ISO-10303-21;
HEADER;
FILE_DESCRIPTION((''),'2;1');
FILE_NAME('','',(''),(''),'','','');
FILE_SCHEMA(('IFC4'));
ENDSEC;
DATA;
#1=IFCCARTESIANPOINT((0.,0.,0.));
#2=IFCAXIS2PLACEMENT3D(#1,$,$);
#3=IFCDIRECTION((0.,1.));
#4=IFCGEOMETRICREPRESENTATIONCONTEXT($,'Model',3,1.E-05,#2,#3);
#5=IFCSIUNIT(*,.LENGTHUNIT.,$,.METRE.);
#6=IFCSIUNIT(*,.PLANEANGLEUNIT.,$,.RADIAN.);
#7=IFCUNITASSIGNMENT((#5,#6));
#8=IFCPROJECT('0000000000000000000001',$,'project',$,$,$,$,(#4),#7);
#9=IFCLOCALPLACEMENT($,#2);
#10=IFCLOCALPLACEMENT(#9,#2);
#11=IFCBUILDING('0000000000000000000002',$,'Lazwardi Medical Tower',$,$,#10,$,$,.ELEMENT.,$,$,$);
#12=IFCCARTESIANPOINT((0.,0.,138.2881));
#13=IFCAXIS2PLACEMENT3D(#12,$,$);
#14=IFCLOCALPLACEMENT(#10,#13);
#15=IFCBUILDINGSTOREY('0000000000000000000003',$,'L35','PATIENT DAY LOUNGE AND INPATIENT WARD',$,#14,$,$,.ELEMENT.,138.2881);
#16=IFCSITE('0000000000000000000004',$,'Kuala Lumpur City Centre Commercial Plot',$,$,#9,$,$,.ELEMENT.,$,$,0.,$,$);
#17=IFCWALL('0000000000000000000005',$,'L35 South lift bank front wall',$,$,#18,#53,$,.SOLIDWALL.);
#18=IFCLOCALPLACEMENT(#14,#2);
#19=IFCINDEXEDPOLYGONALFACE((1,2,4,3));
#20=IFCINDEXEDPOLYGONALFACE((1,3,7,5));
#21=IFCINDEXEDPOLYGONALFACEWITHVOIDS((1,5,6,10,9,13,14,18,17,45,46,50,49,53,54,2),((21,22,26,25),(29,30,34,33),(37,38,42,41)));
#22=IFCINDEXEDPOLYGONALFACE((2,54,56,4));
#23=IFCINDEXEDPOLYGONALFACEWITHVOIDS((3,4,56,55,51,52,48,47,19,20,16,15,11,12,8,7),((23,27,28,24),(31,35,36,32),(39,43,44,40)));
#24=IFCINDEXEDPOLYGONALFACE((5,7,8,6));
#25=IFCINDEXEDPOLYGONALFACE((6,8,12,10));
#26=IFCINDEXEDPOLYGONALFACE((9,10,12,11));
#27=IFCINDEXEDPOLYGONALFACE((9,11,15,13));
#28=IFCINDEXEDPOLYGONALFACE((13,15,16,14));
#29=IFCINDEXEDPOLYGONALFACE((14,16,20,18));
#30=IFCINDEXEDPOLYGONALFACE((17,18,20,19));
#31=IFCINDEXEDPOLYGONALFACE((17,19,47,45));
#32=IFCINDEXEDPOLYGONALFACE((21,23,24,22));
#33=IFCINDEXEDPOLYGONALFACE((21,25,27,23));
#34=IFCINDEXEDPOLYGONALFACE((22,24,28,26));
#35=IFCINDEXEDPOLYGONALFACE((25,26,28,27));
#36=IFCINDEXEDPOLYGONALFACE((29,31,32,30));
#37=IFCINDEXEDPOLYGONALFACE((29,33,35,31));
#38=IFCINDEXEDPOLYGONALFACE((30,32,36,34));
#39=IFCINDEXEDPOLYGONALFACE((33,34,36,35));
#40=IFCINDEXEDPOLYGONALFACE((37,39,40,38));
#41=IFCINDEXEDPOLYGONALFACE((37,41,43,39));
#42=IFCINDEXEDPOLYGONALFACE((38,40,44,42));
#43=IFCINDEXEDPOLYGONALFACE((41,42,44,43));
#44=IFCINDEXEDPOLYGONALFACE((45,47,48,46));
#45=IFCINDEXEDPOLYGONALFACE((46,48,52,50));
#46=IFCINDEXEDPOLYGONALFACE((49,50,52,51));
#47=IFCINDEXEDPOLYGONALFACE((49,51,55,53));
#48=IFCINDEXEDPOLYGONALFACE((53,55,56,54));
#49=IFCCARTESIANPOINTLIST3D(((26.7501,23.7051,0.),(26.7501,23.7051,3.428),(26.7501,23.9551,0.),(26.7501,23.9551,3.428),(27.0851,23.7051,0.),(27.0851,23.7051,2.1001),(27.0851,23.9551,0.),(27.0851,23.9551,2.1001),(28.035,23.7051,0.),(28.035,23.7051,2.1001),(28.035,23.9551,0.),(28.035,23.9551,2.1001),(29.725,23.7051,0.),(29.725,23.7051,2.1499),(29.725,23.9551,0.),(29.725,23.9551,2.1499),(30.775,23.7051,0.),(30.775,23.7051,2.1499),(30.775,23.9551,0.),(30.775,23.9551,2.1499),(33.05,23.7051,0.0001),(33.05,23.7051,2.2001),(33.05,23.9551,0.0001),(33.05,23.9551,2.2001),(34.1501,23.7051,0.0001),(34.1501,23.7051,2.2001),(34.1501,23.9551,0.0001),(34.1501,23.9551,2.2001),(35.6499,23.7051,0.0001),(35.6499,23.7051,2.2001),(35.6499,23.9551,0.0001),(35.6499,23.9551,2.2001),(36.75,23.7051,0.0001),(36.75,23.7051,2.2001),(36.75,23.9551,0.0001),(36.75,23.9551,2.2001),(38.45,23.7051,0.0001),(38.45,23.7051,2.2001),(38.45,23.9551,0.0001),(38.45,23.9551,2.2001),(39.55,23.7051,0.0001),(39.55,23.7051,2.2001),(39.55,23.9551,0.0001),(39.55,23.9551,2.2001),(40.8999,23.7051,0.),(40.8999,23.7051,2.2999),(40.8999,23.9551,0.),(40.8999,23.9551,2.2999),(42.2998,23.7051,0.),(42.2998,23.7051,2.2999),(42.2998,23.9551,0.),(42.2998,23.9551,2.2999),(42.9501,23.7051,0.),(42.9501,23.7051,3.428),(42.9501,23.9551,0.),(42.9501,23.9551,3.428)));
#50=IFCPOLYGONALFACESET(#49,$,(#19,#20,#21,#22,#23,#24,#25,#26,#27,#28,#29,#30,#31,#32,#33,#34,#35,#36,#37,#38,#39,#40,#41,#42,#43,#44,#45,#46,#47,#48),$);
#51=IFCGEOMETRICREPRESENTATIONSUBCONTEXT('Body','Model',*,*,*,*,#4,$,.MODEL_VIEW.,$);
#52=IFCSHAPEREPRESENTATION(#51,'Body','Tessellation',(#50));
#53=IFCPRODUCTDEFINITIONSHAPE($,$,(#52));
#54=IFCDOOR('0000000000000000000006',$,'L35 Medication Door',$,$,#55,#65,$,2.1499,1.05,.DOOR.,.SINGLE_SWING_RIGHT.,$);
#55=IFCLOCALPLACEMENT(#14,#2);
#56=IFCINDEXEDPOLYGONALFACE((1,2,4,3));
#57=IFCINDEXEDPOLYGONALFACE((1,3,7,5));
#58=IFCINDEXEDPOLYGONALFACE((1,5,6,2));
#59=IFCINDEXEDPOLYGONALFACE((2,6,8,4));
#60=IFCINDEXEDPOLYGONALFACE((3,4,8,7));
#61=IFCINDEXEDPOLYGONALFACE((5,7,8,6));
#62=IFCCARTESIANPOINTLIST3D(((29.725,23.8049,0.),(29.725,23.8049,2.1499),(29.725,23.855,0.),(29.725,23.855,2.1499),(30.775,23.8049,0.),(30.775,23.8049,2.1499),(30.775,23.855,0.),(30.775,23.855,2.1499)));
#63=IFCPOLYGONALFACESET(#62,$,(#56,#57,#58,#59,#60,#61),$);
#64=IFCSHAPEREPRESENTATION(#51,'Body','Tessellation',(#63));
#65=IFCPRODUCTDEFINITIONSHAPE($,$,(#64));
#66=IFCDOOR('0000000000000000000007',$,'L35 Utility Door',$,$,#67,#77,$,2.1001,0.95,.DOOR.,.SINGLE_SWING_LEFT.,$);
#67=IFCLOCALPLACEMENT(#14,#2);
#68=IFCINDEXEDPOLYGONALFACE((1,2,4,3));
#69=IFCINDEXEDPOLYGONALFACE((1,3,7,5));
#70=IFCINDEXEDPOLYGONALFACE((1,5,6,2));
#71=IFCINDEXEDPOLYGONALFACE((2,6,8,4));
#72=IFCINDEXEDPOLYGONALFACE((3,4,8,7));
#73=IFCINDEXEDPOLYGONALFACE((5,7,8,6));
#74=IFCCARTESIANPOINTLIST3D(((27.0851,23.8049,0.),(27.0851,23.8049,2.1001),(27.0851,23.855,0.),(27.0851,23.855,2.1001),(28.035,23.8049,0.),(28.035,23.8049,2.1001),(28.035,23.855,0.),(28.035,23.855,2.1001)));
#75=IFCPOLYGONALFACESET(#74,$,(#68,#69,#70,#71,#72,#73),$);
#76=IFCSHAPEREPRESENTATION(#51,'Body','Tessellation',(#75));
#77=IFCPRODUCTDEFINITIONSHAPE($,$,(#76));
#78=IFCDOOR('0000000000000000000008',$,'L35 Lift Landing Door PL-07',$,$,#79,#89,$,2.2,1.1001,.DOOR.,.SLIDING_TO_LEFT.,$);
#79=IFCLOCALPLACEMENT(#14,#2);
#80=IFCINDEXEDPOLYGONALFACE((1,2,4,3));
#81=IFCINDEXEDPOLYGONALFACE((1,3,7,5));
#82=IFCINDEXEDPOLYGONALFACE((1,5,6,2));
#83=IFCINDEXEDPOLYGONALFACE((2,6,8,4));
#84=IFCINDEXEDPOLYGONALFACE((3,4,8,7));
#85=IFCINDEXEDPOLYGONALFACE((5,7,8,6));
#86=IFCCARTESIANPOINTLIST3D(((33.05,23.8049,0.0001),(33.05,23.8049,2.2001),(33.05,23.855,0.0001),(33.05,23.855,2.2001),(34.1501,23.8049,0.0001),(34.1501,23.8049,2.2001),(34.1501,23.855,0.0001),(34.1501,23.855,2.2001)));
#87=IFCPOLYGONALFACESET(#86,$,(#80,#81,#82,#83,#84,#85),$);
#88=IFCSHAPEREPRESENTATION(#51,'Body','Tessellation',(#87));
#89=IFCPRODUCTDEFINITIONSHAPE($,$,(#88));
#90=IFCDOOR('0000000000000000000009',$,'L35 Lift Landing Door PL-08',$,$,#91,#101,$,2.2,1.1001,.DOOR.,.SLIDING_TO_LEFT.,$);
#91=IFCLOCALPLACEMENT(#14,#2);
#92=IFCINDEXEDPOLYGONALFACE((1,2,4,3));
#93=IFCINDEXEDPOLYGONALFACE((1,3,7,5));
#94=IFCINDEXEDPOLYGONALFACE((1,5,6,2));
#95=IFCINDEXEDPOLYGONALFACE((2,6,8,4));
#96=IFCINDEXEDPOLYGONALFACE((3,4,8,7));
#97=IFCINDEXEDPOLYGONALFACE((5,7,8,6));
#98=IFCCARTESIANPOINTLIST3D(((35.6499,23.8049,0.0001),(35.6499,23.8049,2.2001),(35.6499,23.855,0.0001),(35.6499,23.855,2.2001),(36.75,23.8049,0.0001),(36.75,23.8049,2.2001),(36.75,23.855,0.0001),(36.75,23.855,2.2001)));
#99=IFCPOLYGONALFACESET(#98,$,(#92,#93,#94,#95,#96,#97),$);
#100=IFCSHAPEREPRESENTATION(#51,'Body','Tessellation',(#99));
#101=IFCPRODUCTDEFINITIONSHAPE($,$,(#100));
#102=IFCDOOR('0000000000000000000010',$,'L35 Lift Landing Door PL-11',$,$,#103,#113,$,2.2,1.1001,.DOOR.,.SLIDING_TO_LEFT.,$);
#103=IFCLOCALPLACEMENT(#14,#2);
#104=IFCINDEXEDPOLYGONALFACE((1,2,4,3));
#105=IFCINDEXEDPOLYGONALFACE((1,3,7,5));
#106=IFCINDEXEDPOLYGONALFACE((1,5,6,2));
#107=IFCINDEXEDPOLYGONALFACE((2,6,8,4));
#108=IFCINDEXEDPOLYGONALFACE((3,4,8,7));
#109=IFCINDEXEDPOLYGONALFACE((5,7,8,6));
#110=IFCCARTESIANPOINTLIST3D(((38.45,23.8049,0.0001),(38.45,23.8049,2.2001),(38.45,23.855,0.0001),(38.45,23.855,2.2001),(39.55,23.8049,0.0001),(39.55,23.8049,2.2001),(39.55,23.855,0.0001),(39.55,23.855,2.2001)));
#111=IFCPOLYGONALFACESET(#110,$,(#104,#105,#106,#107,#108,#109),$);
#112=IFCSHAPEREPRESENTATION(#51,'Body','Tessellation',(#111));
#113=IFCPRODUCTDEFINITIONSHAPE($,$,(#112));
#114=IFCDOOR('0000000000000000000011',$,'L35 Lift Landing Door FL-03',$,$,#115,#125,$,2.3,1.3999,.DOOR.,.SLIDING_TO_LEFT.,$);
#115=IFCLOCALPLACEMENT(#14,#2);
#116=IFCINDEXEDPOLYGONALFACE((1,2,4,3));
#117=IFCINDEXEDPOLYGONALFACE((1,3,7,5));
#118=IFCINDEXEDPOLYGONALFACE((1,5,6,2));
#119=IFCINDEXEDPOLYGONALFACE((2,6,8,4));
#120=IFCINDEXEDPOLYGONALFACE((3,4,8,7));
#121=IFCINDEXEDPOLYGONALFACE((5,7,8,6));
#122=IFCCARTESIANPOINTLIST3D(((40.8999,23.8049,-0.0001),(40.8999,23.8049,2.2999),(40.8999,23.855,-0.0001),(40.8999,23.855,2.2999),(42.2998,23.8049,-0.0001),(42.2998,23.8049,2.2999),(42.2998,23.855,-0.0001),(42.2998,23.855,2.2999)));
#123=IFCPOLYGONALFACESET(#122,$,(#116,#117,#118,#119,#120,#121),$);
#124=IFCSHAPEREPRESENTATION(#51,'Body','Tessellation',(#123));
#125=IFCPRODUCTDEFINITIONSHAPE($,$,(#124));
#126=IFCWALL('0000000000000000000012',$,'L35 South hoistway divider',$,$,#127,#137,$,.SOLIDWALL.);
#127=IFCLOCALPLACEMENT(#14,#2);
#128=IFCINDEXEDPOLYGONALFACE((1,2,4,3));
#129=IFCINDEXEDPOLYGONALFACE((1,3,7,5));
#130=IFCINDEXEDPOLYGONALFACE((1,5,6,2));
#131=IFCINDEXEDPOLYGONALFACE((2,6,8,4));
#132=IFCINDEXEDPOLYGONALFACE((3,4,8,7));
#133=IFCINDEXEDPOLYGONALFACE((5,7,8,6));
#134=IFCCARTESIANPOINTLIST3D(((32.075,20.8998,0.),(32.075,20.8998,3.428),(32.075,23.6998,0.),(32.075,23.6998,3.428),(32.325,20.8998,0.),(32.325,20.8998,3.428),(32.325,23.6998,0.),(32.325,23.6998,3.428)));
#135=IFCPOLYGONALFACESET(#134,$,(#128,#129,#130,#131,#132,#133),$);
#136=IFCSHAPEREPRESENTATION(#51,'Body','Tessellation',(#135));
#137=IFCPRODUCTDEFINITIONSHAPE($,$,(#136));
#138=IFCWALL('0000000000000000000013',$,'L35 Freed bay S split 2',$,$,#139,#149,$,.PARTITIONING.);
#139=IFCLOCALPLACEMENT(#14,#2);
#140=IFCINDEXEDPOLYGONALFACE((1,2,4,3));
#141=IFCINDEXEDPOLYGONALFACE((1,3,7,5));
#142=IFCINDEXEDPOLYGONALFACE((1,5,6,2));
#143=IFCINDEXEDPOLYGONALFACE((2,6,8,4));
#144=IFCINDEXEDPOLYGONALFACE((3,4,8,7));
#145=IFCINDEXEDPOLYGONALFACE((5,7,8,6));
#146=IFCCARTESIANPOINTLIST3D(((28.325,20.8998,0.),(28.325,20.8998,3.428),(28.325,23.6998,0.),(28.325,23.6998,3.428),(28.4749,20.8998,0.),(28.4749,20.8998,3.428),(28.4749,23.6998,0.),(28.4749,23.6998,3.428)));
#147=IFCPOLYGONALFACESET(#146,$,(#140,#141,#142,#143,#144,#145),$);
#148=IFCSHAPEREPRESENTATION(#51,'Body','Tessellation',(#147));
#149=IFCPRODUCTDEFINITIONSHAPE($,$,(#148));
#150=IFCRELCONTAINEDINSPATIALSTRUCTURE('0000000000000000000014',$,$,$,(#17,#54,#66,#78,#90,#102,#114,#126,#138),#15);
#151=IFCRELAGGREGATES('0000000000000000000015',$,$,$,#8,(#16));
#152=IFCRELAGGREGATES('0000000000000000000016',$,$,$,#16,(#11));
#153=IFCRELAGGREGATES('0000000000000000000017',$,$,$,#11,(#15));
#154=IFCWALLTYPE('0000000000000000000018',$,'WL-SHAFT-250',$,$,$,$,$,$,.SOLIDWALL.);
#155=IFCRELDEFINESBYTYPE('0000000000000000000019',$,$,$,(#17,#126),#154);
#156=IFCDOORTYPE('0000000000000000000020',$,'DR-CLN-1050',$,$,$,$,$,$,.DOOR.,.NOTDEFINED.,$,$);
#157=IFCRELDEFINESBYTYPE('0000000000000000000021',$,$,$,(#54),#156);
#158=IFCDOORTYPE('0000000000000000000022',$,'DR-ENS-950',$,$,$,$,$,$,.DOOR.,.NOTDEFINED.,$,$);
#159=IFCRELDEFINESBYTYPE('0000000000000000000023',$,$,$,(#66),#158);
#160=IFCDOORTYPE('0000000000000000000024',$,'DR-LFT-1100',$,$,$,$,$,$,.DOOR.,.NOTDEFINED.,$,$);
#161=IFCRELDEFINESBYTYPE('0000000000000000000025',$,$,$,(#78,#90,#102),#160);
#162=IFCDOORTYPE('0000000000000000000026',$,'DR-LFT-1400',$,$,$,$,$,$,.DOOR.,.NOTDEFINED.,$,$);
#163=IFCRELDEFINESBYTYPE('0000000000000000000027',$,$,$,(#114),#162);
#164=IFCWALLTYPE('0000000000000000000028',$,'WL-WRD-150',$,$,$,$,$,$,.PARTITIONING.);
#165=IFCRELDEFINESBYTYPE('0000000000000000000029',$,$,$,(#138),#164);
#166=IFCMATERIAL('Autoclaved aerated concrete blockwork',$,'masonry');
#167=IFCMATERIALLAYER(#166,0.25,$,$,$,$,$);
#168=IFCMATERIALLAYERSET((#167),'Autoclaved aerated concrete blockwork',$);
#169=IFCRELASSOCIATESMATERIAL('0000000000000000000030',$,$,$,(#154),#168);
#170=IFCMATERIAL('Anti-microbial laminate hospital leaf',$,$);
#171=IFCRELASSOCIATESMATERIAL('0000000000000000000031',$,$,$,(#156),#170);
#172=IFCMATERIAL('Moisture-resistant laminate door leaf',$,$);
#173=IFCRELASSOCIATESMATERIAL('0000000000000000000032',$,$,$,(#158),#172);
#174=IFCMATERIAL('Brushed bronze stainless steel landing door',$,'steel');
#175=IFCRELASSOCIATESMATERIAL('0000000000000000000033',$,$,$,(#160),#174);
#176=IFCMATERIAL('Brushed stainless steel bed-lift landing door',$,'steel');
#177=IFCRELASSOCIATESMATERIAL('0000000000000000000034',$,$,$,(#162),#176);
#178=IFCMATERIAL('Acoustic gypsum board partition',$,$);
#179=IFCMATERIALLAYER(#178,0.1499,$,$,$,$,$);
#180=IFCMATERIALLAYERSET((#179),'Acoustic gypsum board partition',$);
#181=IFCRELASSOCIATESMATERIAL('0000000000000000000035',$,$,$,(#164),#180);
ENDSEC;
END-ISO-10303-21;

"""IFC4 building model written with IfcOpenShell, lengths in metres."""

from ifc_helpers import new_model, si_unit, direction, frame, frame_2d, origin, place, context, subcontext, project, spatial, rectangle, extrude, material, layer, layer_set, type_object, element, fill, save


model = new_model("IFC4")

# Units and contexts
model_context = context("Model", 3, precision=1e-05, world=origin(), true_north=direction((0.0, 1.0)))
body_context = subcontext(model_context, "Body", "Model", "MODEL_VIEW")
ifc_project = project(units=[si_unit("LENGTHUNIT", "METRE"), si_unit("PLANEANGLEUNIT", "RADIAN")], contexts=[model_context])

# Site, building, storey
site_placement = place(None, origin())
site = spatial("IfcSite", under=ifc_project, at=site_placement, Name="Kuala Lumpur City Centre Commercial Plot", CompositionType="ELEMENT", RefElevation=0.0)
building_placement = place(site_placement, origin())
building = spatial("IfcBuilding", under=site, at=building_placement, Name="Lazwardi Medical Tower", CompositionType="ELEMENT")
storey_placement = place(building_placement, frame((0.0, 0.0, 138.2881)))
storey = spatial("IfcBuildingStorey", under=building, at=storey_placement, Name="L35", Description="PATIENT DAY LOUNGE AND INPATIENT WARD", CompositionType="ELEMENT", Elevation=138.2881)

# Wall, openings, doors
ifc_material_1 = material(Name="Autoclaved aerated concrete blockwork", Category="masonry")
ifc_layer_1 = layer(ifc_material_1, 0.25)
ifc_layer_set_1 = layer_set([ifc_layer_1], Name="Autoclaved aerated concrete blockwork")
wall_type_1 = type_object("IfcWallType", Name="WL-SHAFT-250", PredefinedType="SOLIDWALL", material=ifc_layer_set_1)
wall_1_placement = place(storey_placement, frame((26.75, 23.8301, 0.0), z_axis=(0.0, 0.0, 1.0), x_axis=(1.0, 0.0, 0.0)))
wall_1 = element("IfcWall", 1, at=wall_1_placement, inside=storey, type_object=wall_type_1, Name="L35 South lift bank front wall", PredefinedType="SOLIDWALL", context=body_context, shape_type="SweptSolid", body=[
    extrude(rectangle(XDim=16.2, YDim=0.25, at=frame_2d((8.1001, 0.0))), origin(), (0.0, 0.0, 1.0), 3.428),
])
opening_1_placement = place(wall_1_placement, frame((0.335, 0.0, 0.0)))
opening_1 = element("IfcOpeningElement", 2, at=opening_1_placement, cuts=wall_1, PredefinedType="OPENING", context=body_context, shape_type="SweptSolid", body=[
    extrude(rectangle(XDim=0.95, YDim=2.1001, at=frame_2d((0.4751, 1.05))), frame((0.0, 0.135, 0.0), z_axis=(0.0, -1.0, 0.0), x_axis=(1.0, 0.0, 0.0)), (0.0, 0.0, 1.0), 0.27),
])
opening_2_placement = place(wall_1_placement, frame((2.9751, 0.0, 0.0)))
opening_2 = element("IfcOpeningElement", 3, at=opening_2_placement, cuts=wall_1, PredefinedType="OPENING", context=body_context, shape_type="SweptSolid", body=[
    extrude(rectangle(XDim=1.05, YDim=2.1499, at=frame_2d((0.5249, 1.075))), frame((0.0, 0.135, 0.0), z_axis=(0.0, -1.0, 0.0), x_axis=(1.0, 0.0, 0.0)), (0.0, 0.0, 1.0), 0.27),
])
opening_3_placement = place(wall_1_placement, frame((6.3, 0.0, 0.0)))
opening_3 = element("IfcOpeningElement", 4, at=opening_3_placement, cuts=wall_1, PredefinedType="OPENING", context=body_context, shape_type="SweptSolid", body=[
    extrude(rectangle(XDim=1.1001, YDim=2.2, at=frame_2d((0.55, 1.1001))), frame((0.0, 0.135, 0.0), z_axis=(0.0, -1.0, 0.0), x_axis=(1.0, 0.0, 0.0)), (0.0, 0.0, 1.0), 0.27),
])
opening_4_placement = place(wall_1_placement, frame((8.8999, 0.0, 0.0)))
opening_4 = element("IfcOpeningElement", 5, at=opening_4_placement, cuts=wall_1, PredefinedType="OPENING", context=body_context, shape_type="SweptSolid", body=[
    extrude(rectangle(XDim=1.1001, YDim=2.2, at=frame_2d((0.55, 1.1001))), frame((0.0, 0.135, 0.0), z_axis=(0.0, -1.0, 0.0), x_axis=(1.0, 0.0, 0.0)), (0.0, 0.0, 1.0), 0.27),
])
opening_5_placement = place(wall_1_placement, frame((11.7, 0.0, 0.0)))
opening_5 = element("IfcOpeningElement", 6, at=opening_5_placement, cuts=wall_1, PredefinedType="OPENING", context=body_context, shape_type="SweptSolid", body=[
    extrude(rectangle(XDim=1.1001, YDim=2.2, at=frame_2d((0.55, 1.1001))), frame((0.0, 0.135, 0.0), z_axis=(0.0, -1.0, 0.0), x_axis=(1.0, 0.0, 0.0)), (0.0, 0.0, 1.0), 0.27),
])
opening_6_placement = place(wall_1_placement, frame((14.1499, 0.0, 0.0)))
opening_6 = element("IfcOpeningElement", 7, at=opening_6_placement, cuts=wall_1, PredefinedType="OPENING", context=body_context, shape_type="SweptSolid", body=[
    extrude(rectangle(XDim=1.3999, YDim=2.3, at=frame_2d((0.7, 1.1499))), frame((0.0, 0.135, 0.0), z_axis=(0.0, -1.0, 0.0), x_axis=(1.0, 0.0, 0.0)), (0.0, 0.0, 1.0), 0.27),
])
ifc_material_2 = material(Name="Anti-microbial laminate hospital leaf")
door_type_1 = type_object("IfcDoorType", Name="DR-CLN-1050", OperationType="NOTDEFINED", PredefinedType="DOOR", material=ifc_material_2)
door_1_placement = place(opening_2_placement, origin())
door_1 = element("IfcDoor", 8, at=door_1_placement, inside=storey, type_object=door_type_1, Name="L35 Medication Door", OperationType="SINGLE_SWING_RIGHT", OverallHeight=2.1499, OverallWidth=1.05, PredefinedType="DOOR", context=body_context, shape_type="SweptSolid", body=[
    extrude(rectangle(XDim=1.05, YDim=2.1499, at=frame_2d((0.5249, 1.075))), frame((0.0, 0.0249, 0.0), z_axis=(0.0, -1.0, 0.0), x_axis=(1.0, 0.0, 0.0)), (0.0, 0.0, 1.0), 0.05),
])
fill(opening_2, door_1)
ifc_material_3 = material(Name="Moisture-resistant laminate door leaf")
door_type_2 = type_object("IfcDoorType", Name="DR-ENS-950", OperationType="NOTDEFINED", PredefinedType="DOOR", material=ifc_material_3)
door_2_placement = place(opening_1_placement, origin())
door_2 = element("IfcDoor", 9, at=door_2_placement, inside=storey, type_object=door_type_2, Name="L35 Utility Door", OperationType="SINGLE_SWING_LEFT", OverallHeight=2.1001, OverallWidth=0.95, PredefinedType="DOOR", context=body_context, shape_type="SweptSolid", body=[
    extrude(rectangle(XDim=0.95, YDim=2.1001, at=frame_2d((0.4751, 1.05))), frame((0.0, 0.0249, 0.0), z_axis=(0.0, -1.0, 0.0), x_axis=(1.0, 0.0, 0.0)), (0.0, 0.0, 1.0), 0.05),
])
fill(opening_1, door_2)
ifc_material_4 = material(Name="Brushed bronze stainless steel landing door", Category="steel")
door_type_3 = type_object("IfcDoorType", Name="DR-LFT-1100", OperationType="NOTDEFINED", PredefinedType="DOOR", material=ifc_material_4)
door_3_placement = place(opening_3_placement, origin())
door_3 = element("IfcDoor", 10, at=door_3_placement, inside=storey, type_object=door_type_3, Name="L35 Lift Landing Door PL-07", OperationType="SLIDING_TO_LEFT", OverallHeight=2.2, OverallWidth=1.1001, PredefinedType="DOOR", context=body_context, shape_type="SweptSolid", body=[
    extrude(rectangle(XDim=1.1001, YDim=2.2, at=frame_2d((0.55, 1.1001))), frame((0.0, 0.0249, 0.0), z_axis=(0.0, -1.0, 0.0), x_axis=(1.0, 0.0, 0.0)), (0.0, 0.0, 1.0), 0.05),
])
fill(opening_3, door_3)
door_4_placement = place(opening_4_placement, origin())
door_4 = element("IfcDoor", 11, at=door_4_placement, inside=storey, type_object=door_type_3, Name="L35 Lift Landing Door PL-08", OperationType="SLIDING_TO_LEFT", OverallHeight=2.2, OverallWidth=1.1001, PredefinedType="DOOR", context=body_context, shape_type="SweptSolid", body=[
    extrude(rectangle(XDim=1.1001, YDim=2.2, at=frame_2d((0.55, 1.1001))), frame((0.0, 0.0249, 0.0), z_axis=(0.0, -1.0, 0.0), x_axis=(1.0, 0.0, 0.0)), (0.0, 0.0, 1.0), 0.05),
])
fill(opening_4, door_4)
door_5_placement = place(opening_5_placement, origin())
door_5 = element("IfcDoor", 12, at=door_5_placement, inside=storey, type_object=door_type_3, Name="L35 Lift Landing Door PL-11", OperationType="SLIDING_TO_LEFT", OverallHeight=2.2, OverallWidth=1.1001, PredefinedType="DOOR", context=body_context, shape_type="SweptSolid", body=[
    extrude(rectangle(XDim=1.1001, YDim=2.2, at=frame_2d((0.55, 1.1001))), frame((0.0, 0.0249, 0.0), z_axis=(0.0, -1.0, 0.0), x_axis=(1.0, 0.0, 0.0)), (0.0, 0.0, 1.0), 0.05),
])
fill(opening_5, door_5)
ifc_material_5 = material(Name="Brushed stainless steel bed-lift landing door", Category="steel")
door_type_4 = type_object("IfcDoorType", Name="DR-LFT-1400", OperationType="NOTDEFINED", PredefinedType="DOOR", material=ifc_material_5)
door_6_placement = place(opening_6_placement, origin())
door_6 = element("IfcDoor", 13, at=door_6_placement, inside=storey, type_object=door_type_4, Name="L35 Lift Landing Door FL-03", OperationType="SLIDING_TO_LEFT", OverallHeight=2.3, OverallWidth=1.3999, PredefinedType="DOOR", context=body_context, shape_type="SweptSolid", body=[
    extrude(rectangle(XDim=1.3999, YDim=2.3, at=frame_2d((0.7, 1.1499))), frame((0.0, 0.0249, 0.0), z_axis=(0.0, -1.0, 0.0), x_axis=(1.0, 0.0, 0.0)), (0.0, 0.0, 1.0), 0.05),
])
fill(opening_6, door_6)

# Walls
wall_2_placement = place(storey_placement, frame((32.2, 20.8999, 0.0), z_axis=(0.0, 0.0, 1.0), x_axis=(0.0, 1.0, 0.0)))
element("IfcWall", 14, at=wall_2_placement, inside=storey, type_object=wall_type_1, Name="L35 South hoistway divider", PredefinedType="SOLIDWALL", context=body_context, shape_type="SweptSolid", body=[
    extrude(rectangle(XDim=2.8, YDim=0.25, at=frame_2d((1.3999, 0.0))), origin(), (0.0, 0.0, 1.0), 3.428),
])
ifc_material_6 = material(Name="Acoustic gypsum board partition")
ifc_layer_2 = layer(ifc_material_6, 0.1499)
ifc_layer_set_2 = layer_set([ifc_layer_2], Name="Acoustic gypsum board partition")
wall_type_2 = type_object("IfcWallType", Name="WL-WRD-150", PredefinedType="PARTITIONING", material=ifc_layer_set_2)
wall_3_placement = place(storey_placement, frame((28.3999, 20.8999, 0.0), z_axis=(0.0, 0.0, 1.0), x_axis=(0.0, 1.0, 0.0)))
element("IfcWall", 15, at=wall_3_placement, inside=storey, type_object=wall_type_2, Name="L35 Freed bay S split 2", PredefinedType="PARTITIONING", context=body_context, shape_type="SweptSolid", body=[
    extrude(rectangle(XDim=2.8, YDim=0.1499, at=frame_2d((1.3999, 0.0))), origin(), (0.0, 0.0, 1.0), 3.428),
])

save(model, "model.ifc")
